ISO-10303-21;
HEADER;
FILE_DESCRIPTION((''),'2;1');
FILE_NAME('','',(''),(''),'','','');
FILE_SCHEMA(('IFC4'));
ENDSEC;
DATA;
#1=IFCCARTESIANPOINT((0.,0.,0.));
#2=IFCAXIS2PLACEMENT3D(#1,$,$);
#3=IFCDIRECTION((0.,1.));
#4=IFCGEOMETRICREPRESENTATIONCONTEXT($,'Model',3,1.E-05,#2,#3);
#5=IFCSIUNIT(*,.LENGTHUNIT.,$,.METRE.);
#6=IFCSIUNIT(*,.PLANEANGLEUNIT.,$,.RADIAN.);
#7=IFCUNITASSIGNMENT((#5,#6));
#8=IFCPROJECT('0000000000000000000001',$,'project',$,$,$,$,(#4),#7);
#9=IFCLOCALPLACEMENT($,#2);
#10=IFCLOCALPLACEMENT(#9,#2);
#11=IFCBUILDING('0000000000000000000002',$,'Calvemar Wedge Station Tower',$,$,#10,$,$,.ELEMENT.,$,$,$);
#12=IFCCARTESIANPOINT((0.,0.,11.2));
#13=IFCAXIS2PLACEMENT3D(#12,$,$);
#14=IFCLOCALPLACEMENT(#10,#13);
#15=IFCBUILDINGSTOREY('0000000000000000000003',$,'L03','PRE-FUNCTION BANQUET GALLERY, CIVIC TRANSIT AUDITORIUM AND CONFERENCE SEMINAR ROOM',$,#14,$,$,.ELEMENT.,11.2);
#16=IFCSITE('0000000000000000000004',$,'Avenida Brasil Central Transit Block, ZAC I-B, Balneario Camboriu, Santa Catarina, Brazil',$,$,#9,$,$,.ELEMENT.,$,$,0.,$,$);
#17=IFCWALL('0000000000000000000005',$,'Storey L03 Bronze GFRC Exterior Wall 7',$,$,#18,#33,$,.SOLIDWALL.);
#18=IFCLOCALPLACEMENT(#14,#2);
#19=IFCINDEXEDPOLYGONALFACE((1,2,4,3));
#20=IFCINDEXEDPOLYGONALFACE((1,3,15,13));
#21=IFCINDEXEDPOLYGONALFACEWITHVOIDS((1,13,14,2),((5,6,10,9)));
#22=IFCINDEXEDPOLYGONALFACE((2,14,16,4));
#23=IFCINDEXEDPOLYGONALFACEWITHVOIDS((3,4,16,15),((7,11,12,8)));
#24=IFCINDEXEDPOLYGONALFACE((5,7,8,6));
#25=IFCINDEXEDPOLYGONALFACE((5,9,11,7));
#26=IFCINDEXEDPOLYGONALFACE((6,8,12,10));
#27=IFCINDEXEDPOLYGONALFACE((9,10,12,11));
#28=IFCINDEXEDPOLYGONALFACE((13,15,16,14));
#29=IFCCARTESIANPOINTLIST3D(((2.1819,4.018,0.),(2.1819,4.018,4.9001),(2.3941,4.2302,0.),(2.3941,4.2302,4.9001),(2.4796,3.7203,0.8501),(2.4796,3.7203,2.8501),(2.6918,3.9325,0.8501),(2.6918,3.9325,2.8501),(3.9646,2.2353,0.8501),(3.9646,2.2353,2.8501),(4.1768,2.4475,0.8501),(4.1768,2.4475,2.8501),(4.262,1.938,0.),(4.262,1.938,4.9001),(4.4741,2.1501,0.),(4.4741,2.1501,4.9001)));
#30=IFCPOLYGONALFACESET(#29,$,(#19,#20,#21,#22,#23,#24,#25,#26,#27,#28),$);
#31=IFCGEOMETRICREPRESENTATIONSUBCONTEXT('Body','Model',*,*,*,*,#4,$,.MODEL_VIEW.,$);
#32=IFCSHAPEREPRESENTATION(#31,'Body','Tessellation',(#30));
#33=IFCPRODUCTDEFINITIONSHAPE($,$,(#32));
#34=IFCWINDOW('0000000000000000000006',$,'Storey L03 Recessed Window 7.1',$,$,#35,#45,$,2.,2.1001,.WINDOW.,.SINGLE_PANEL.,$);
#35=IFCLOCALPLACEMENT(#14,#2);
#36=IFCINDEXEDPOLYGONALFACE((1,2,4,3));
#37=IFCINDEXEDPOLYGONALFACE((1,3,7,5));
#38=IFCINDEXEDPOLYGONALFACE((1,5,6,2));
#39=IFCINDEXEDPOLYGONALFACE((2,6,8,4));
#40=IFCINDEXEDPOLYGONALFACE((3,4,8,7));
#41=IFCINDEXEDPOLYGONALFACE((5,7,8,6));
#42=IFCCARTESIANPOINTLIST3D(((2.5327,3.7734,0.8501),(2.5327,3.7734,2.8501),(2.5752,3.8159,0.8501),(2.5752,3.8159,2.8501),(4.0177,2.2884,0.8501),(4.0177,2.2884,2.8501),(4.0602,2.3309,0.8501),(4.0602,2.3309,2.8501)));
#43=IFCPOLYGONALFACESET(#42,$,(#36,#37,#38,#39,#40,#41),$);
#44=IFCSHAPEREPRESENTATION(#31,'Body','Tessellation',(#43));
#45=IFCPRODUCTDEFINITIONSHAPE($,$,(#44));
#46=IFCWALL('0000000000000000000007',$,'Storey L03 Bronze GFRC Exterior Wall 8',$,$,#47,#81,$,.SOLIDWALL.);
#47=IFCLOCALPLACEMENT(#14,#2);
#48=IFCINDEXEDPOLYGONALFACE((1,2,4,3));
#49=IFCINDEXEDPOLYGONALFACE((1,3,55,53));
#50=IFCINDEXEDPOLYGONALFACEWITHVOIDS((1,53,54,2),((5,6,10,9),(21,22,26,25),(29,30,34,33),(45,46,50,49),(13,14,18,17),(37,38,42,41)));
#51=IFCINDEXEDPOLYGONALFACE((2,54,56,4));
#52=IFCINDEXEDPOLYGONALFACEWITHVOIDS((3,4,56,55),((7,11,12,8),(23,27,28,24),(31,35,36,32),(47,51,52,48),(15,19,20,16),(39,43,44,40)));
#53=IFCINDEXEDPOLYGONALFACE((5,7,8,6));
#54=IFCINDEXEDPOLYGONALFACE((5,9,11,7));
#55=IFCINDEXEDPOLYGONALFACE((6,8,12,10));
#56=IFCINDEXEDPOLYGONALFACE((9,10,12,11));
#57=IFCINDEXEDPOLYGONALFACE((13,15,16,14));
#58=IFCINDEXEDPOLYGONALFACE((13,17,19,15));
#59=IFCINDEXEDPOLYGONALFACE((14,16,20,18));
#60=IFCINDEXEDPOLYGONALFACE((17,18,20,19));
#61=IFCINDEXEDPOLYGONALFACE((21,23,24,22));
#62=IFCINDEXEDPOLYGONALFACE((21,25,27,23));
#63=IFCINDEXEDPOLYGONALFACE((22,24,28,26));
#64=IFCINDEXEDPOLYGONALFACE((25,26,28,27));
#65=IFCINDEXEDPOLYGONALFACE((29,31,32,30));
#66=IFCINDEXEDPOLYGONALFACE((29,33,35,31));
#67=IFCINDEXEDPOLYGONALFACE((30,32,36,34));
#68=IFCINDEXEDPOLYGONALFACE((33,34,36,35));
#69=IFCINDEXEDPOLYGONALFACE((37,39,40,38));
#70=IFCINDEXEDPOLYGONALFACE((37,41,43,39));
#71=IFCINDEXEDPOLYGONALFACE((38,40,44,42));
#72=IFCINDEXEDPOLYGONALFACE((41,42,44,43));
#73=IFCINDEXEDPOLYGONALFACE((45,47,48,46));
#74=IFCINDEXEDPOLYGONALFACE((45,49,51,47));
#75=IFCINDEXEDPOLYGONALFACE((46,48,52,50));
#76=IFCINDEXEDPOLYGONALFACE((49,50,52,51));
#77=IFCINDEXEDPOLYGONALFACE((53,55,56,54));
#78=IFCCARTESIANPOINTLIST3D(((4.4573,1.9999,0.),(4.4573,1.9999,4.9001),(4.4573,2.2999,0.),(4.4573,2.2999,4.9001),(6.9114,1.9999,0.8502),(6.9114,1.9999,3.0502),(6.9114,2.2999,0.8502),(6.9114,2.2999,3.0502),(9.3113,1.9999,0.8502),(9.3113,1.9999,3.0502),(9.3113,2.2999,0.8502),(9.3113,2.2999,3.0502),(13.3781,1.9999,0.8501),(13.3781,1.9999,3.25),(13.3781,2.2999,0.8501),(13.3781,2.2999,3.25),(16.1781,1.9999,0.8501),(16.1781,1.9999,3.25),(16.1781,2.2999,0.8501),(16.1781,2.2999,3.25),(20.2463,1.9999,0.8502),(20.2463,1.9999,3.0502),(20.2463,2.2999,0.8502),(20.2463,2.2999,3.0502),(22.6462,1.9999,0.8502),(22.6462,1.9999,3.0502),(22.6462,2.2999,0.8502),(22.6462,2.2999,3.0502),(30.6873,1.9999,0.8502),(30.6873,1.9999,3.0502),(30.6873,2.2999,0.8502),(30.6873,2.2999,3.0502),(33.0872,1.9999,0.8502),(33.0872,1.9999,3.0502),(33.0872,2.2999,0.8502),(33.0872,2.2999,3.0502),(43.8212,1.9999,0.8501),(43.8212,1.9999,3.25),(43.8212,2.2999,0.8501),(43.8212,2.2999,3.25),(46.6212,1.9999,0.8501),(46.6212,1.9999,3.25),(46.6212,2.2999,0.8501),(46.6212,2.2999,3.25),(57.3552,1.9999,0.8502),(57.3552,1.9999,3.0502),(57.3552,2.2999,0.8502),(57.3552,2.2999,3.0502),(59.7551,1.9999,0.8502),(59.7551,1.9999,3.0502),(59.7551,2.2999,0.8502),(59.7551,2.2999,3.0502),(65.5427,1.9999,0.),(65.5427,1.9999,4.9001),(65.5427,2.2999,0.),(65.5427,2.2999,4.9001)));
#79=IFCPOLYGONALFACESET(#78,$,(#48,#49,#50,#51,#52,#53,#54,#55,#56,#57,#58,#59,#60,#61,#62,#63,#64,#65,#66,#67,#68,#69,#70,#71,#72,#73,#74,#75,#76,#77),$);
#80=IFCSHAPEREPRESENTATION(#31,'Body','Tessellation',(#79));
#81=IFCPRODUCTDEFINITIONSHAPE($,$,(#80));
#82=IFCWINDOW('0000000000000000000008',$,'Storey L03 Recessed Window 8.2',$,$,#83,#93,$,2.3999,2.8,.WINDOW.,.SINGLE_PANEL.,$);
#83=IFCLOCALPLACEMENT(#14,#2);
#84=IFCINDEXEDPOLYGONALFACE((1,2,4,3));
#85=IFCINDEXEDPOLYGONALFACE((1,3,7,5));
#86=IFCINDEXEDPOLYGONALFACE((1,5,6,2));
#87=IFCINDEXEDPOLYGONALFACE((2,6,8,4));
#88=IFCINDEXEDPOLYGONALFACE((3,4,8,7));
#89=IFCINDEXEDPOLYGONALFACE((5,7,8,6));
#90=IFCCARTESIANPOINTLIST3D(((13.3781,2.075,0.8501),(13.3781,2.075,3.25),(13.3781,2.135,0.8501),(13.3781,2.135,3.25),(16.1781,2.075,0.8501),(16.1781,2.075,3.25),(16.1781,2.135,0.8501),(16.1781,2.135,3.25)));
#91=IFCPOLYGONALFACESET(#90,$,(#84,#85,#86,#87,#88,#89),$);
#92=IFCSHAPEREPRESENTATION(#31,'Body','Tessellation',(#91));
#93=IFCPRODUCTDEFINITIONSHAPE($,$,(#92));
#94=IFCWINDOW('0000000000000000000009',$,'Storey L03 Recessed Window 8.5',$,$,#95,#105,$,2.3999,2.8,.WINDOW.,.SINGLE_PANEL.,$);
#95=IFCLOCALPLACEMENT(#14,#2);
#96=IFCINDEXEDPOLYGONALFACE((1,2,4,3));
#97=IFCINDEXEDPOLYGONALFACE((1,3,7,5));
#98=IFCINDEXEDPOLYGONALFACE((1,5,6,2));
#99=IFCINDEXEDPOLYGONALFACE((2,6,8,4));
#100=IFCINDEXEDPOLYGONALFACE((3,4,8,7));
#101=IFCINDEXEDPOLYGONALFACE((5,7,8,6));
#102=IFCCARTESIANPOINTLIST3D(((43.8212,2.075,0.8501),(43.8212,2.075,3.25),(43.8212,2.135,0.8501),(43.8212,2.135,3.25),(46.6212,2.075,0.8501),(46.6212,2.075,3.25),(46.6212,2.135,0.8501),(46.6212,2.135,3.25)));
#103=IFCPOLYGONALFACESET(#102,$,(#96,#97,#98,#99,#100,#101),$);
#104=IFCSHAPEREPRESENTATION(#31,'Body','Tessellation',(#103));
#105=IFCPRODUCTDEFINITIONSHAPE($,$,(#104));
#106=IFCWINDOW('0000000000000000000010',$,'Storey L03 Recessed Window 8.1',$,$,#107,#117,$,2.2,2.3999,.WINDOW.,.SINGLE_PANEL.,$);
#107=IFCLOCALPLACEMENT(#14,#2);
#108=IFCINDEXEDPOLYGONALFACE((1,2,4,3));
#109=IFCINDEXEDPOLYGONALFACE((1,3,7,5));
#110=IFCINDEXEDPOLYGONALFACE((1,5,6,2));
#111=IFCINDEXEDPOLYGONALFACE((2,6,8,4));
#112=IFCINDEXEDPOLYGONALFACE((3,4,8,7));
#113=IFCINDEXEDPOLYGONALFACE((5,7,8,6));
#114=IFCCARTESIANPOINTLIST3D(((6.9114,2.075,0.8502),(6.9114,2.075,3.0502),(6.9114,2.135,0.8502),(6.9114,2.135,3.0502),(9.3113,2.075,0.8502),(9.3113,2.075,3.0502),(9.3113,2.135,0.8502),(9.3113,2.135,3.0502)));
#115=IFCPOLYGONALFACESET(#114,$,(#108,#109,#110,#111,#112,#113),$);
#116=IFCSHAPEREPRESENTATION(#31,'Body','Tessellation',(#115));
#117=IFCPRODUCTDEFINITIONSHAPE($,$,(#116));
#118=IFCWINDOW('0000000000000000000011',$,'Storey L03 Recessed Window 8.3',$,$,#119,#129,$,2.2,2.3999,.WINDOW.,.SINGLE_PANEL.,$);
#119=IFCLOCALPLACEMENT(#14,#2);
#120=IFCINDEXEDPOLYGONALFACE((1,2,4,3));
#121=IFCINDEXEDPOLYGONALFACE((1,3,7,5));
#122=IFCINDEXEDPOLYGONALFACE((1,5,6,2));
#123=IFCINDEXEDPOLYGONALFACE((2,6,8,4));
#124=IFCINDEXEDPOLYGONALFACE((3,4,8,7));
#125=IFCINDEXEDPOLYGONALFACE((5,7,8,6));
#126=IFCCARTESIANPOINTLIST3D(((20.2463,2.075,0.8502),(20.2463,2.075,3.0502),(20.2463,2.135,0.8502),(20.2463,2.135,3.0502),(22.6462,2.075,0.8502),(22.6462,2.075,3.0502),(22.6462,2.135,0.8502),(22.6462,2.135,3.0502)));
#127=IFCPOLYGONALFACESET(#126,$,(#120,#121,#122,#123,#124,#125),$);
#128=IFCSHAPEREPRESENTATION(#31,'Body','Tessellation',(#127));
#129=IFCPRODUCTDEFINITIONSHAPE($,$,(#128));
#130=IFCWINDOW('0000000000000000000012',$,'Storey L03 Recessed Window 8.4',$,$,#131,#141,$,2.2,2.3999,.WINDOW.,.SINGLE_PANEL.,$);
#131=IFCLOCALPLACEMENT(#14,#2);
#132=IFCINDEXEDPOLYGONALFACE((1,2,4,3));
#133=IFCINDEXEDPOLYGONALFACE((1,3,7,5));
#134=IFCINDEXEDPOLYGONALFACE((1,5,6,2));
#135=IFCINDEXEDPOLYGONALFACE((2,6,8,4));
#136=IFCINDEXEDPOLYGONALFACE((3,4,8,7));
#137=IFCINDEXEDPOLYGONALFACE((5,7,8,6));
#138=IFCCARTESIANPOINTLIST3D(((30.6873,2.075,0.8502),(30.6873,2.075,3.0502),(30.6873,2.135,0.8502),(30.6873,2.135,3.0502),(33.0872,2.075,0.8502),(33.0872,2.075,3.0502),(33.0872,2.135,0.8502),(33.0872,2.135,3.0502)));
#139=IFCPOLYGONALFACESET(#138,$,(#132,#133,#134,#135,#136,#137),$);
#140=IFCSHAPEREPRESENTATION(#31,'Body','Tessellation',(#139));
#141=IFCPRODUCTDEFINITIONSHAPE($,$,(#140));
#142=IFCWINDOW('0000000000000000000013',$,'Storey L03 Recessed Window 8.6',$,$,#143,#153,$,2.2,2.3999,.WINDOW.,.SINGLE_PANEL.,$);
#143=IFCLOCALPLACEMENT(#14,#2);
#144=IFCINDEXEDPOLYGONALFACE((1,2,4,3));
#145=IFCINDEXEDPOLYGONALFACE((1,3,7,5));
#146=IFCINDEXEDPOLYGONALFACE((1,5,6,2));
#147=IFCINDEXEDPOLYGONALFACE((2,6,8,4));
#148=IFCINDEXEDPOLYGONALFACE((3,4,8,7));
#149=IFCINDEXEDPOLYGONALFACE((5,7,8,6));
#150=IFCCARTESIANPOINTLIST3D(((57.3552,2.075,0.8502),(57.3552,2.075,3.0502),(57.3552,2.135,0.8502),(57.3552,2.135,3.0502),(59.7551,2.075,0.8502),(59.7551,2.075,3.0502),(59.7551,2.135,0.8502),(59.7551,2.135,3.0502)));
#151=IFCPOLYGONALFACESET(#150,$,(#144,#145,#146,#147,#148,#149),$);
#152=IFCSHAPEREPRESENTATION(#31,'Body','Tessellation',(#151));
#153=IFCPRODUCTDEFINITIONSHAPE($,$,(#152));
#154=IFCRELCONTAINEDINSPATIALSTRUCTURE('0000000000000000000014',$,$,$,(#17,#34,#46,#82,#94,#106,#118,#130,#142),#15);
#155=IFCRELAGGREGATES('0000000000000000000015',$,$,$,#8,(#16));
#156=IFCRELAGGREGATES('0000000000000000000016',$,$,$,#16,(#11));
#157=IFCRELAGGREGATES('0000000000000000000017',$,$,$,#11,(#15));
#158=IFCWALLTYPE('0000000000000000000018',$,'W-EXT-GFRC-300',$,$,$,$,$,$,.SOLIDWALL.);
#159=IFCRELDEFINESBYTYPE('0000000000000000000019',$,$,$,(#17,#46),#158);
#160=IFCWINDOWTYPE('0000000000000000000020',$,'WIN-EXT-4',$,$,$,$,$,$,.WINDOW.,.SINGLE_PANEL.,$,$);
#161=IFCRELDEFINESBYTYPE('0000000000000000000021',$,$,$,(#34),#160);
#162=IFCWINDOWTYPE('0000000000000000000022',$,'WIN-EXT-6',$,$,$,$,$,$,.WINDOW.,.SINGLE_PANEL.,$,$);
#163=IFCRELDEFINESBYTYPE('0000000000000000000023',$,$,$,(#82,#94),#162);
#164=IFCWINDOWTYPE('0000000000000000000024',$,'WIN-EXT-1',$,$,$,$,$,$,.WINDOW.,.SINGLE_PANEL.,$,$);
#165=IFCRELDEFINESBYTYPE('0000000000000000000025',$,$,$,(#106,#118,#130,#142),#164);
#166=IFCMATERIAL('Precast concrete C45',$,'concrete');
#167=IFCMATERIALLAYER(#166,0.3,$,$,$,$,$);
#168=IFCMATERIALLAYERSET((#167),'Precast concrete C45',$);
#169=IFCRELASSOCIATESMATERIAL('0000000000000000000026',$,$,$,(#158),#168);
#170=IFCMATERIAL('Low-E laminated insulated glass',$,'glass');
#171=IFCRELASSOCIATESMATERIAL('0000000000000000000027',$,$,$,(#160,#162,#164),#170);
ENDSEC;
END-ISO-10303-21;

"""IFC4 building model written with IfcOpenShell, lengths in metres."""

from ifc_helpers import new_model, si_unit, direction, frame, frame_2d, origin, place, context, subcontext, project, spatial, rectangle, extrude, source, transform, mapped, material, layer, layer_set, type_object, element, fill, save


model = new_model("IFC4")

# Units and contexts
model_context = context("Model", 3, precision=1e-05, world=origin(), true_north=direction((0.0, 1.0)))
body_context = subcontext(model_context, "Body", "Model", "MODEL_VIEW")
ifc_project = project(units=[si_unit("LENGTHUNIT", "METRE"), si_unit("PLANEANGLEUNIT", "RADIAN")], contexts=[model_context])

# Site, building, storey
site_placement = place(None, origin())
site = spatial("IfcSite", under=ifc_project, at=site_placement, Name="Avenida Brasil Central Transit Block, ZAC I-B, Balneario Camboriu, Santa Catarina, Brazil", CompositionType="ELEMENT", RefElevation=0.0)
building_placement = place(site_placement, origin())
building = spatial("IfcBuilding", under=site, at=building_placement, Name="Calvemar Wedge Station Tower", CompositionType="ELEMENT")
storey_placement = place(building_placement, frame((0.0, 0.0, 11.2)))
storey = spatial("IfcBuildingStorey", under=building, at=storey_placement, Name="L03", Description="PRE-FUNCTION BANQUET GALLERY, CIVIC TRANSIT AUDITORIUM AND CONFERENCE SEMINAR ROOM", CompositionType="ELEMENT", Elevation=11.2)

# Shared definitions
ifc_material_1 = material(Name="Low-E laminated insulated glass", Category="glass")

# Shared definitions
ifc_material_2 = material(Name="Precast concrete C45", Category="concrete")
ifc_layer_1 = layer(ifc_material_2, 0.3)
ifc_layer_set_1 = layer_set([ifc_layer_1], Name="Precast concrete C45")
wall_type_1 = type_object("IfcWallType", Name="W-EXT-GFRC-300", PredefinedType="SOLIDWALL", material=ifc_layer_set_1)

# Wall, opening, window
wall_1_placement = place(storey_placement, frame((2.2881, 4.124, 0.0), z_axis=(0.0, 0.0, 1.0), x_axis=(0.707107, -0.707107, 0.0)))
wall_1 = element("IfcWall", 1, at=wall_1_placement, inside=storey, type_object=wall_type_1, Name="Storey L03 Bronze GFRC Exterior Wall 7", PredefinedType="SOLIDWALL", context=body_context, shape_type="SweptSolid", body=[
    extrude(rectangle(XDim=2.9417, YDim=0.3, at=frame_2d((1.4707, 0.0))), origin(), (0.0, 0.0, 1.0), 4.9001),
])
shared_shape_1 = source(origin(), body_context, "Body", "SweptSolid", [
    extrude(rectangle(XDim=2.1001, YDim=2.0, at=frame_2d((1.05, 1.0))), frame((0.0, 0.1602, 0.0), z_axis=(0.0, -1.0, 0.0), x_axis=(1.0, 0.0, 0.0)), (0.0, 0.0, 1.0), 0.3201),
])
opening_1_placement = place(wall_1_placement, frame((0.4209, 0.0, 0.8501)))
opening_1 = element("IfcOpeningElement", 2, at=opening_1_placement, cuts=wall_1, PredefinedType="OPENING", context=body_context, shape_type="MappedRepresentation", body=[
    mapped(shared_shape_1, transform((0.0, 0.0, 0.0), scale=1.0)),
])
window_type_1 = type_object("IfcWindowType", Name="WIN-EXT-4", PartitioningType="SINGLE_PANEL", PredefinedType="WINDOW", material=ifc_material_1)
shared_shape_2 = source(origin(), body_context, "Body", "SweptSolid", [
    extrude(rectangle(XDim=2.1001, YDim=2.0, at=frame_2d((1.05, 1.0))), frame((0.0, -0.0149, 0.0), z_axis=(0.0, -1.0, 0.0), x_axis=(1.0, 0.0, 0.0)), (0.0, 0.0, 1.0), 0.0601),
])
window_1_placement = place(opening_1_placement, origin())
window_1 = element("IfcWindow", 3, at=window_1_placement, inside=storey, type_object=window_type_1, Name="Storey L03 Recessed Window 7.1", OverallHeight=2.0, OverallWidth=2.1001, PartitioningType="SINGLE_PANEL", PredefinedType="WINDOW", context=body_context, shape_type="MappedRepresentation", body=[
    mapped(shared_shape_2, transform((0.0, 0.0, 0.0), scale=1.0)),
])
fill(opening_1, window_1)

# Wall, openings, windows
wall_2_placement = place(storey_placement, frame((4.4573, 2.1499, 0.0), z_axis=(0.0, 0.0, 1.0), x_axis=(1.0, 0.0, 0.0)))
wall_2 = element("IfcWall", 4, at=wall_2_placement, inside=storey, type_object=wall_type_1, Name="Storey L03 Bronze GFRC Exterior Wall 8", PredefinedType="SOLIDWALL", context=body_context, shape_type="SweptSolid", body=[
    extrude(rectangle(XDim=61.0854, YDim=0.3, at=frame_2d((30.5427, 0.0))), origin(), (0.0, 0.0, 1.0), 4.9001),
])
shared_shape_3 = source(origin(), body_context, "Body", "SweptSolid", [
    extrude(rectangle(XDim=2.3999, YDim=2.2, at=frame_2d((1.2, 1.1001))), frame((0.0, 0.1602, 0.0), z_axis=(0.0, -1.0, 0.0), x_axis=(1.0, 0.0, 0.0)), (0.0, 0.0, 1.0), 0.3201),
])
opening_2_placement = place(wall_2_placement, frame((2.4541, 0.0, 0.8501)))
opening_2 = element("IfcOpeningElement", 5, at=opening_2_placement, cuts=wall_2, PredefinedType="OPENING", context=body_context, shape_type="MappedRepresentation", body=[
    mapped(shared_shape_3, transform((0.0, 0.0, 0.0), scale=1.0)),
])
shared_shape_4 = source(origin(), body_context, "Body", "SweptSolid", [
    extrude(rectangle(XDim=2.8, YDim=2.3999, at=frame_2d((1.3999, 1.2))), frame((0.0, 0.1602, 0.0), z_axis=(0.0, -1.0, 0.0), x_axis=(1.0, 0.0, 0.0)), (0.0, 0.0, 1.0), 0.3201),
])
opening_3_placement = place(wall_2_placement, frame((8.9209, 0.0, 0.8501)))
opening_3 = element("IfcOpeningElement", 6, at=opening_3_placement, cuts=wall_2, PredefinedType="OPENING", context=body_context, shape_type="MappedRepresentation", body=[
    mapped(shared_shape_4, transform((0.0, 0.0, 0.0), scale=1.0)),
])
opening_4_placement = place(wall_2_placement, frame((15.7891, 0.0, 0.8501)))
opening_4 = element("IfcOpeningElement", 7, at=opening_4_placement, cuts=wall_2, PredefinedType="OPENING", context=body_context, shape_type="MappedRepresentation", body=[
    mapped(shared_shape_3, transform((0.0, 0.0, 0.0), scale=1.0)),
])
opening_5_placement = place(wall_2_placement, frame((26.23, 0.0, 0.8501)))
opening_5 = element("IfcOpeningElement", 8, at=opening_5_placement, cuts=wall_2, PredefinedType="OPENING", context=body_context, shape_type="MappedRepresentation", body=[
    mapped(shared_shape_3, transform((0.0, 0.0, 0.0), scale=1.0)),
])
opening_6_placement = place(wall_2_placement, frame((39.364, 0.0, 0.8501)))
opening_6 = element("IfcOpeningElement", 9, at=opening_6_placement, cuts=wall_2, PredefinedType="OPENING", context=body_context, shape_type="MappedRepresentation", body=[
    mapped(shared_shape_4, transform((0.0, 0.0, 0.0), scale=1.0)),
])
opening_7_placement = place(wall_2_placement, frame((52.8979, 0.0, 0.8501)))
opening_7 = element("IfcOpeningElement", 10, at=opening_7_placement, cuts=wall_2, PredefinedType="OPENING", context=body_context, shape_type="MappedRepresentation", body=[
    mapped(shared_shape_3, transform((0.0, 0.0, 0.0), scale=1.0)),
])
window_type_2 = type_object("IfcWindowType", Name="WIN-EXT-6", PartitioningType="SINGLE_PANEL", PredefinedType="WINDOW", material=ifc_material_1)
shared_shape_5 = source(origin(), body_context, "Body", "SweptSolid", [
    extrude(rectangle(XDim=2.8, YDim=2.3999, at=frame_2d((1.3999, 1.2))), frame((0.0, -0.0149, 0.0), z_axis=(0.0, -1.0, 0.0), x_axis=(1.0, 0.0, 0.0)), (0.0, 0.0, 1.0), 0.0601),
])
window_2_placement = place(opening_3_placement, origin())
window_2 = element("IfcWindow", 11, at=window_2_placement, inside=storey, type_object=window_type_2, Name="Storey L03 Recessed Window 8.2", OverallHeight=2.3999, OverallWidth=2.8, PartitioningType="SINGLE_PANEL", PredefinedType="WINDOW", context=body_context, shape_type="MappedRepresentation", body=[
    mapped(shared_shape_5, transform((0.0, 0.0, 0.0), scale=1.0)),
])
fill(opening_3, window_2)
window_3_placement = place(opening_6_placement, origin())
window_3 = element("IfcWindow", 12, at=window_3_placement, inside=storey, type_object=window_type_2, Name="Storey L03 Recessed Window 8.5", OverallHeight=2.3999, OverallWidth=2.8, PartitioningType="SINGLE_PANEL", PredefinedType="WINDOW", context=body_context, shape_type="MappedRepresentation", body=[
    mapped(shared_shape_5, transform((0.0, 0.0, 0.0), scale=1.0)),
])
fill(opening_6, window_3)
window_type_3 = type_object("IfcWindowType", Name="WIN-EXT-1", PartitioningType="SINGLE_PANEL", PredefinedType="WINDOW", material=ifc_material_1)
shared_shape_6 = source(origin(), body_context, "Body", "SweptSolid", [
    extrude(rectangle(XDim=2.3999, YDim=2.2, at=frame_2d((1.2, 1.1001))), frame((0.0, -0.0149, 0.0), z_axis=(0.0, -1.0, 0.0), x_axis=(1.0, 0.0, 0.0)), (0.0, 0.0, 1.0), 0.0601),
])
window_4_placement = place(opening_2_placement, origin())
window_4 = element("IfcWindow", 13, at=window_4_placement, inside=storey, type_object=window_type_3, Name="Storey L03 Recessed Window 8.1", OverallHeight=2.2, OverallWidth=2.3999, PartitioningType="SINGLE_PANEL", PredefinedType="WINDOW", context=body_context, shape_type="MappedRepresentation", body=[
    mapped(shared_shape_6, transform((0.0, 0.0, 0.0), scale=1.0)),
])
fill(opening_2, window_4)
window_5_placement = place(opening_4_placement, origin())
window_5 = element("IfcWindow", 14, at=window_5_placement, inside=storey, type_object=window_type_3, Name="Storey L03 Recessed Window 8.3", OverallHeight=2.2, OverallWidth=2.3999, PartitioningType="SINGLE_PANEL", PredefinedType="WINDOW", context=body_context, shape_type="MappedRepresentation", body=[
    mapped(shared_shape_6, transform((0.0, 0.0, 0.0), scale=1.0)),
])
fill(opening_4, window_5)
window_6_placement = place(opening_5_placement, origin())
window_6 = element("IfcWindow", 15, at=window_6_placement, inside=storey, type_object=window_type_3, Name="Storey L03 Recessed Window 8.4", OverallHeight=2.2, OverallWidth=2.3999, PartitioningType="SINGLE_PANEL", PredefinedType="WINDOW", context=body_context, shape_type="MappedRepresentation", body=[
    mapped(shared_shape_6, transform((0.0, 0.0, 0.0), scale=1.0)),
])
fill(opening_5, window_6)
window_7_placement = place(opening_7_placement, origin())
window_7 = element("IfcWindow", 16, at=window_7_placement, inside=storey, type_object=window_type_3, Name="Storey L03 Recessed Window 8.6", OverallHeight=2.2, OverallWidth=2.3999, PartitioningType="SINGLE_PANEL", PredefinedType="WINDOW", context=body_context, shape_type="MappedRepresentation", body=[
    mapped(shared_shape_6, transform((0.0, 0.0, 0.0), scale=1.0)),
])
fill(opening_7, window_7)

save(model, "model.ifc")
